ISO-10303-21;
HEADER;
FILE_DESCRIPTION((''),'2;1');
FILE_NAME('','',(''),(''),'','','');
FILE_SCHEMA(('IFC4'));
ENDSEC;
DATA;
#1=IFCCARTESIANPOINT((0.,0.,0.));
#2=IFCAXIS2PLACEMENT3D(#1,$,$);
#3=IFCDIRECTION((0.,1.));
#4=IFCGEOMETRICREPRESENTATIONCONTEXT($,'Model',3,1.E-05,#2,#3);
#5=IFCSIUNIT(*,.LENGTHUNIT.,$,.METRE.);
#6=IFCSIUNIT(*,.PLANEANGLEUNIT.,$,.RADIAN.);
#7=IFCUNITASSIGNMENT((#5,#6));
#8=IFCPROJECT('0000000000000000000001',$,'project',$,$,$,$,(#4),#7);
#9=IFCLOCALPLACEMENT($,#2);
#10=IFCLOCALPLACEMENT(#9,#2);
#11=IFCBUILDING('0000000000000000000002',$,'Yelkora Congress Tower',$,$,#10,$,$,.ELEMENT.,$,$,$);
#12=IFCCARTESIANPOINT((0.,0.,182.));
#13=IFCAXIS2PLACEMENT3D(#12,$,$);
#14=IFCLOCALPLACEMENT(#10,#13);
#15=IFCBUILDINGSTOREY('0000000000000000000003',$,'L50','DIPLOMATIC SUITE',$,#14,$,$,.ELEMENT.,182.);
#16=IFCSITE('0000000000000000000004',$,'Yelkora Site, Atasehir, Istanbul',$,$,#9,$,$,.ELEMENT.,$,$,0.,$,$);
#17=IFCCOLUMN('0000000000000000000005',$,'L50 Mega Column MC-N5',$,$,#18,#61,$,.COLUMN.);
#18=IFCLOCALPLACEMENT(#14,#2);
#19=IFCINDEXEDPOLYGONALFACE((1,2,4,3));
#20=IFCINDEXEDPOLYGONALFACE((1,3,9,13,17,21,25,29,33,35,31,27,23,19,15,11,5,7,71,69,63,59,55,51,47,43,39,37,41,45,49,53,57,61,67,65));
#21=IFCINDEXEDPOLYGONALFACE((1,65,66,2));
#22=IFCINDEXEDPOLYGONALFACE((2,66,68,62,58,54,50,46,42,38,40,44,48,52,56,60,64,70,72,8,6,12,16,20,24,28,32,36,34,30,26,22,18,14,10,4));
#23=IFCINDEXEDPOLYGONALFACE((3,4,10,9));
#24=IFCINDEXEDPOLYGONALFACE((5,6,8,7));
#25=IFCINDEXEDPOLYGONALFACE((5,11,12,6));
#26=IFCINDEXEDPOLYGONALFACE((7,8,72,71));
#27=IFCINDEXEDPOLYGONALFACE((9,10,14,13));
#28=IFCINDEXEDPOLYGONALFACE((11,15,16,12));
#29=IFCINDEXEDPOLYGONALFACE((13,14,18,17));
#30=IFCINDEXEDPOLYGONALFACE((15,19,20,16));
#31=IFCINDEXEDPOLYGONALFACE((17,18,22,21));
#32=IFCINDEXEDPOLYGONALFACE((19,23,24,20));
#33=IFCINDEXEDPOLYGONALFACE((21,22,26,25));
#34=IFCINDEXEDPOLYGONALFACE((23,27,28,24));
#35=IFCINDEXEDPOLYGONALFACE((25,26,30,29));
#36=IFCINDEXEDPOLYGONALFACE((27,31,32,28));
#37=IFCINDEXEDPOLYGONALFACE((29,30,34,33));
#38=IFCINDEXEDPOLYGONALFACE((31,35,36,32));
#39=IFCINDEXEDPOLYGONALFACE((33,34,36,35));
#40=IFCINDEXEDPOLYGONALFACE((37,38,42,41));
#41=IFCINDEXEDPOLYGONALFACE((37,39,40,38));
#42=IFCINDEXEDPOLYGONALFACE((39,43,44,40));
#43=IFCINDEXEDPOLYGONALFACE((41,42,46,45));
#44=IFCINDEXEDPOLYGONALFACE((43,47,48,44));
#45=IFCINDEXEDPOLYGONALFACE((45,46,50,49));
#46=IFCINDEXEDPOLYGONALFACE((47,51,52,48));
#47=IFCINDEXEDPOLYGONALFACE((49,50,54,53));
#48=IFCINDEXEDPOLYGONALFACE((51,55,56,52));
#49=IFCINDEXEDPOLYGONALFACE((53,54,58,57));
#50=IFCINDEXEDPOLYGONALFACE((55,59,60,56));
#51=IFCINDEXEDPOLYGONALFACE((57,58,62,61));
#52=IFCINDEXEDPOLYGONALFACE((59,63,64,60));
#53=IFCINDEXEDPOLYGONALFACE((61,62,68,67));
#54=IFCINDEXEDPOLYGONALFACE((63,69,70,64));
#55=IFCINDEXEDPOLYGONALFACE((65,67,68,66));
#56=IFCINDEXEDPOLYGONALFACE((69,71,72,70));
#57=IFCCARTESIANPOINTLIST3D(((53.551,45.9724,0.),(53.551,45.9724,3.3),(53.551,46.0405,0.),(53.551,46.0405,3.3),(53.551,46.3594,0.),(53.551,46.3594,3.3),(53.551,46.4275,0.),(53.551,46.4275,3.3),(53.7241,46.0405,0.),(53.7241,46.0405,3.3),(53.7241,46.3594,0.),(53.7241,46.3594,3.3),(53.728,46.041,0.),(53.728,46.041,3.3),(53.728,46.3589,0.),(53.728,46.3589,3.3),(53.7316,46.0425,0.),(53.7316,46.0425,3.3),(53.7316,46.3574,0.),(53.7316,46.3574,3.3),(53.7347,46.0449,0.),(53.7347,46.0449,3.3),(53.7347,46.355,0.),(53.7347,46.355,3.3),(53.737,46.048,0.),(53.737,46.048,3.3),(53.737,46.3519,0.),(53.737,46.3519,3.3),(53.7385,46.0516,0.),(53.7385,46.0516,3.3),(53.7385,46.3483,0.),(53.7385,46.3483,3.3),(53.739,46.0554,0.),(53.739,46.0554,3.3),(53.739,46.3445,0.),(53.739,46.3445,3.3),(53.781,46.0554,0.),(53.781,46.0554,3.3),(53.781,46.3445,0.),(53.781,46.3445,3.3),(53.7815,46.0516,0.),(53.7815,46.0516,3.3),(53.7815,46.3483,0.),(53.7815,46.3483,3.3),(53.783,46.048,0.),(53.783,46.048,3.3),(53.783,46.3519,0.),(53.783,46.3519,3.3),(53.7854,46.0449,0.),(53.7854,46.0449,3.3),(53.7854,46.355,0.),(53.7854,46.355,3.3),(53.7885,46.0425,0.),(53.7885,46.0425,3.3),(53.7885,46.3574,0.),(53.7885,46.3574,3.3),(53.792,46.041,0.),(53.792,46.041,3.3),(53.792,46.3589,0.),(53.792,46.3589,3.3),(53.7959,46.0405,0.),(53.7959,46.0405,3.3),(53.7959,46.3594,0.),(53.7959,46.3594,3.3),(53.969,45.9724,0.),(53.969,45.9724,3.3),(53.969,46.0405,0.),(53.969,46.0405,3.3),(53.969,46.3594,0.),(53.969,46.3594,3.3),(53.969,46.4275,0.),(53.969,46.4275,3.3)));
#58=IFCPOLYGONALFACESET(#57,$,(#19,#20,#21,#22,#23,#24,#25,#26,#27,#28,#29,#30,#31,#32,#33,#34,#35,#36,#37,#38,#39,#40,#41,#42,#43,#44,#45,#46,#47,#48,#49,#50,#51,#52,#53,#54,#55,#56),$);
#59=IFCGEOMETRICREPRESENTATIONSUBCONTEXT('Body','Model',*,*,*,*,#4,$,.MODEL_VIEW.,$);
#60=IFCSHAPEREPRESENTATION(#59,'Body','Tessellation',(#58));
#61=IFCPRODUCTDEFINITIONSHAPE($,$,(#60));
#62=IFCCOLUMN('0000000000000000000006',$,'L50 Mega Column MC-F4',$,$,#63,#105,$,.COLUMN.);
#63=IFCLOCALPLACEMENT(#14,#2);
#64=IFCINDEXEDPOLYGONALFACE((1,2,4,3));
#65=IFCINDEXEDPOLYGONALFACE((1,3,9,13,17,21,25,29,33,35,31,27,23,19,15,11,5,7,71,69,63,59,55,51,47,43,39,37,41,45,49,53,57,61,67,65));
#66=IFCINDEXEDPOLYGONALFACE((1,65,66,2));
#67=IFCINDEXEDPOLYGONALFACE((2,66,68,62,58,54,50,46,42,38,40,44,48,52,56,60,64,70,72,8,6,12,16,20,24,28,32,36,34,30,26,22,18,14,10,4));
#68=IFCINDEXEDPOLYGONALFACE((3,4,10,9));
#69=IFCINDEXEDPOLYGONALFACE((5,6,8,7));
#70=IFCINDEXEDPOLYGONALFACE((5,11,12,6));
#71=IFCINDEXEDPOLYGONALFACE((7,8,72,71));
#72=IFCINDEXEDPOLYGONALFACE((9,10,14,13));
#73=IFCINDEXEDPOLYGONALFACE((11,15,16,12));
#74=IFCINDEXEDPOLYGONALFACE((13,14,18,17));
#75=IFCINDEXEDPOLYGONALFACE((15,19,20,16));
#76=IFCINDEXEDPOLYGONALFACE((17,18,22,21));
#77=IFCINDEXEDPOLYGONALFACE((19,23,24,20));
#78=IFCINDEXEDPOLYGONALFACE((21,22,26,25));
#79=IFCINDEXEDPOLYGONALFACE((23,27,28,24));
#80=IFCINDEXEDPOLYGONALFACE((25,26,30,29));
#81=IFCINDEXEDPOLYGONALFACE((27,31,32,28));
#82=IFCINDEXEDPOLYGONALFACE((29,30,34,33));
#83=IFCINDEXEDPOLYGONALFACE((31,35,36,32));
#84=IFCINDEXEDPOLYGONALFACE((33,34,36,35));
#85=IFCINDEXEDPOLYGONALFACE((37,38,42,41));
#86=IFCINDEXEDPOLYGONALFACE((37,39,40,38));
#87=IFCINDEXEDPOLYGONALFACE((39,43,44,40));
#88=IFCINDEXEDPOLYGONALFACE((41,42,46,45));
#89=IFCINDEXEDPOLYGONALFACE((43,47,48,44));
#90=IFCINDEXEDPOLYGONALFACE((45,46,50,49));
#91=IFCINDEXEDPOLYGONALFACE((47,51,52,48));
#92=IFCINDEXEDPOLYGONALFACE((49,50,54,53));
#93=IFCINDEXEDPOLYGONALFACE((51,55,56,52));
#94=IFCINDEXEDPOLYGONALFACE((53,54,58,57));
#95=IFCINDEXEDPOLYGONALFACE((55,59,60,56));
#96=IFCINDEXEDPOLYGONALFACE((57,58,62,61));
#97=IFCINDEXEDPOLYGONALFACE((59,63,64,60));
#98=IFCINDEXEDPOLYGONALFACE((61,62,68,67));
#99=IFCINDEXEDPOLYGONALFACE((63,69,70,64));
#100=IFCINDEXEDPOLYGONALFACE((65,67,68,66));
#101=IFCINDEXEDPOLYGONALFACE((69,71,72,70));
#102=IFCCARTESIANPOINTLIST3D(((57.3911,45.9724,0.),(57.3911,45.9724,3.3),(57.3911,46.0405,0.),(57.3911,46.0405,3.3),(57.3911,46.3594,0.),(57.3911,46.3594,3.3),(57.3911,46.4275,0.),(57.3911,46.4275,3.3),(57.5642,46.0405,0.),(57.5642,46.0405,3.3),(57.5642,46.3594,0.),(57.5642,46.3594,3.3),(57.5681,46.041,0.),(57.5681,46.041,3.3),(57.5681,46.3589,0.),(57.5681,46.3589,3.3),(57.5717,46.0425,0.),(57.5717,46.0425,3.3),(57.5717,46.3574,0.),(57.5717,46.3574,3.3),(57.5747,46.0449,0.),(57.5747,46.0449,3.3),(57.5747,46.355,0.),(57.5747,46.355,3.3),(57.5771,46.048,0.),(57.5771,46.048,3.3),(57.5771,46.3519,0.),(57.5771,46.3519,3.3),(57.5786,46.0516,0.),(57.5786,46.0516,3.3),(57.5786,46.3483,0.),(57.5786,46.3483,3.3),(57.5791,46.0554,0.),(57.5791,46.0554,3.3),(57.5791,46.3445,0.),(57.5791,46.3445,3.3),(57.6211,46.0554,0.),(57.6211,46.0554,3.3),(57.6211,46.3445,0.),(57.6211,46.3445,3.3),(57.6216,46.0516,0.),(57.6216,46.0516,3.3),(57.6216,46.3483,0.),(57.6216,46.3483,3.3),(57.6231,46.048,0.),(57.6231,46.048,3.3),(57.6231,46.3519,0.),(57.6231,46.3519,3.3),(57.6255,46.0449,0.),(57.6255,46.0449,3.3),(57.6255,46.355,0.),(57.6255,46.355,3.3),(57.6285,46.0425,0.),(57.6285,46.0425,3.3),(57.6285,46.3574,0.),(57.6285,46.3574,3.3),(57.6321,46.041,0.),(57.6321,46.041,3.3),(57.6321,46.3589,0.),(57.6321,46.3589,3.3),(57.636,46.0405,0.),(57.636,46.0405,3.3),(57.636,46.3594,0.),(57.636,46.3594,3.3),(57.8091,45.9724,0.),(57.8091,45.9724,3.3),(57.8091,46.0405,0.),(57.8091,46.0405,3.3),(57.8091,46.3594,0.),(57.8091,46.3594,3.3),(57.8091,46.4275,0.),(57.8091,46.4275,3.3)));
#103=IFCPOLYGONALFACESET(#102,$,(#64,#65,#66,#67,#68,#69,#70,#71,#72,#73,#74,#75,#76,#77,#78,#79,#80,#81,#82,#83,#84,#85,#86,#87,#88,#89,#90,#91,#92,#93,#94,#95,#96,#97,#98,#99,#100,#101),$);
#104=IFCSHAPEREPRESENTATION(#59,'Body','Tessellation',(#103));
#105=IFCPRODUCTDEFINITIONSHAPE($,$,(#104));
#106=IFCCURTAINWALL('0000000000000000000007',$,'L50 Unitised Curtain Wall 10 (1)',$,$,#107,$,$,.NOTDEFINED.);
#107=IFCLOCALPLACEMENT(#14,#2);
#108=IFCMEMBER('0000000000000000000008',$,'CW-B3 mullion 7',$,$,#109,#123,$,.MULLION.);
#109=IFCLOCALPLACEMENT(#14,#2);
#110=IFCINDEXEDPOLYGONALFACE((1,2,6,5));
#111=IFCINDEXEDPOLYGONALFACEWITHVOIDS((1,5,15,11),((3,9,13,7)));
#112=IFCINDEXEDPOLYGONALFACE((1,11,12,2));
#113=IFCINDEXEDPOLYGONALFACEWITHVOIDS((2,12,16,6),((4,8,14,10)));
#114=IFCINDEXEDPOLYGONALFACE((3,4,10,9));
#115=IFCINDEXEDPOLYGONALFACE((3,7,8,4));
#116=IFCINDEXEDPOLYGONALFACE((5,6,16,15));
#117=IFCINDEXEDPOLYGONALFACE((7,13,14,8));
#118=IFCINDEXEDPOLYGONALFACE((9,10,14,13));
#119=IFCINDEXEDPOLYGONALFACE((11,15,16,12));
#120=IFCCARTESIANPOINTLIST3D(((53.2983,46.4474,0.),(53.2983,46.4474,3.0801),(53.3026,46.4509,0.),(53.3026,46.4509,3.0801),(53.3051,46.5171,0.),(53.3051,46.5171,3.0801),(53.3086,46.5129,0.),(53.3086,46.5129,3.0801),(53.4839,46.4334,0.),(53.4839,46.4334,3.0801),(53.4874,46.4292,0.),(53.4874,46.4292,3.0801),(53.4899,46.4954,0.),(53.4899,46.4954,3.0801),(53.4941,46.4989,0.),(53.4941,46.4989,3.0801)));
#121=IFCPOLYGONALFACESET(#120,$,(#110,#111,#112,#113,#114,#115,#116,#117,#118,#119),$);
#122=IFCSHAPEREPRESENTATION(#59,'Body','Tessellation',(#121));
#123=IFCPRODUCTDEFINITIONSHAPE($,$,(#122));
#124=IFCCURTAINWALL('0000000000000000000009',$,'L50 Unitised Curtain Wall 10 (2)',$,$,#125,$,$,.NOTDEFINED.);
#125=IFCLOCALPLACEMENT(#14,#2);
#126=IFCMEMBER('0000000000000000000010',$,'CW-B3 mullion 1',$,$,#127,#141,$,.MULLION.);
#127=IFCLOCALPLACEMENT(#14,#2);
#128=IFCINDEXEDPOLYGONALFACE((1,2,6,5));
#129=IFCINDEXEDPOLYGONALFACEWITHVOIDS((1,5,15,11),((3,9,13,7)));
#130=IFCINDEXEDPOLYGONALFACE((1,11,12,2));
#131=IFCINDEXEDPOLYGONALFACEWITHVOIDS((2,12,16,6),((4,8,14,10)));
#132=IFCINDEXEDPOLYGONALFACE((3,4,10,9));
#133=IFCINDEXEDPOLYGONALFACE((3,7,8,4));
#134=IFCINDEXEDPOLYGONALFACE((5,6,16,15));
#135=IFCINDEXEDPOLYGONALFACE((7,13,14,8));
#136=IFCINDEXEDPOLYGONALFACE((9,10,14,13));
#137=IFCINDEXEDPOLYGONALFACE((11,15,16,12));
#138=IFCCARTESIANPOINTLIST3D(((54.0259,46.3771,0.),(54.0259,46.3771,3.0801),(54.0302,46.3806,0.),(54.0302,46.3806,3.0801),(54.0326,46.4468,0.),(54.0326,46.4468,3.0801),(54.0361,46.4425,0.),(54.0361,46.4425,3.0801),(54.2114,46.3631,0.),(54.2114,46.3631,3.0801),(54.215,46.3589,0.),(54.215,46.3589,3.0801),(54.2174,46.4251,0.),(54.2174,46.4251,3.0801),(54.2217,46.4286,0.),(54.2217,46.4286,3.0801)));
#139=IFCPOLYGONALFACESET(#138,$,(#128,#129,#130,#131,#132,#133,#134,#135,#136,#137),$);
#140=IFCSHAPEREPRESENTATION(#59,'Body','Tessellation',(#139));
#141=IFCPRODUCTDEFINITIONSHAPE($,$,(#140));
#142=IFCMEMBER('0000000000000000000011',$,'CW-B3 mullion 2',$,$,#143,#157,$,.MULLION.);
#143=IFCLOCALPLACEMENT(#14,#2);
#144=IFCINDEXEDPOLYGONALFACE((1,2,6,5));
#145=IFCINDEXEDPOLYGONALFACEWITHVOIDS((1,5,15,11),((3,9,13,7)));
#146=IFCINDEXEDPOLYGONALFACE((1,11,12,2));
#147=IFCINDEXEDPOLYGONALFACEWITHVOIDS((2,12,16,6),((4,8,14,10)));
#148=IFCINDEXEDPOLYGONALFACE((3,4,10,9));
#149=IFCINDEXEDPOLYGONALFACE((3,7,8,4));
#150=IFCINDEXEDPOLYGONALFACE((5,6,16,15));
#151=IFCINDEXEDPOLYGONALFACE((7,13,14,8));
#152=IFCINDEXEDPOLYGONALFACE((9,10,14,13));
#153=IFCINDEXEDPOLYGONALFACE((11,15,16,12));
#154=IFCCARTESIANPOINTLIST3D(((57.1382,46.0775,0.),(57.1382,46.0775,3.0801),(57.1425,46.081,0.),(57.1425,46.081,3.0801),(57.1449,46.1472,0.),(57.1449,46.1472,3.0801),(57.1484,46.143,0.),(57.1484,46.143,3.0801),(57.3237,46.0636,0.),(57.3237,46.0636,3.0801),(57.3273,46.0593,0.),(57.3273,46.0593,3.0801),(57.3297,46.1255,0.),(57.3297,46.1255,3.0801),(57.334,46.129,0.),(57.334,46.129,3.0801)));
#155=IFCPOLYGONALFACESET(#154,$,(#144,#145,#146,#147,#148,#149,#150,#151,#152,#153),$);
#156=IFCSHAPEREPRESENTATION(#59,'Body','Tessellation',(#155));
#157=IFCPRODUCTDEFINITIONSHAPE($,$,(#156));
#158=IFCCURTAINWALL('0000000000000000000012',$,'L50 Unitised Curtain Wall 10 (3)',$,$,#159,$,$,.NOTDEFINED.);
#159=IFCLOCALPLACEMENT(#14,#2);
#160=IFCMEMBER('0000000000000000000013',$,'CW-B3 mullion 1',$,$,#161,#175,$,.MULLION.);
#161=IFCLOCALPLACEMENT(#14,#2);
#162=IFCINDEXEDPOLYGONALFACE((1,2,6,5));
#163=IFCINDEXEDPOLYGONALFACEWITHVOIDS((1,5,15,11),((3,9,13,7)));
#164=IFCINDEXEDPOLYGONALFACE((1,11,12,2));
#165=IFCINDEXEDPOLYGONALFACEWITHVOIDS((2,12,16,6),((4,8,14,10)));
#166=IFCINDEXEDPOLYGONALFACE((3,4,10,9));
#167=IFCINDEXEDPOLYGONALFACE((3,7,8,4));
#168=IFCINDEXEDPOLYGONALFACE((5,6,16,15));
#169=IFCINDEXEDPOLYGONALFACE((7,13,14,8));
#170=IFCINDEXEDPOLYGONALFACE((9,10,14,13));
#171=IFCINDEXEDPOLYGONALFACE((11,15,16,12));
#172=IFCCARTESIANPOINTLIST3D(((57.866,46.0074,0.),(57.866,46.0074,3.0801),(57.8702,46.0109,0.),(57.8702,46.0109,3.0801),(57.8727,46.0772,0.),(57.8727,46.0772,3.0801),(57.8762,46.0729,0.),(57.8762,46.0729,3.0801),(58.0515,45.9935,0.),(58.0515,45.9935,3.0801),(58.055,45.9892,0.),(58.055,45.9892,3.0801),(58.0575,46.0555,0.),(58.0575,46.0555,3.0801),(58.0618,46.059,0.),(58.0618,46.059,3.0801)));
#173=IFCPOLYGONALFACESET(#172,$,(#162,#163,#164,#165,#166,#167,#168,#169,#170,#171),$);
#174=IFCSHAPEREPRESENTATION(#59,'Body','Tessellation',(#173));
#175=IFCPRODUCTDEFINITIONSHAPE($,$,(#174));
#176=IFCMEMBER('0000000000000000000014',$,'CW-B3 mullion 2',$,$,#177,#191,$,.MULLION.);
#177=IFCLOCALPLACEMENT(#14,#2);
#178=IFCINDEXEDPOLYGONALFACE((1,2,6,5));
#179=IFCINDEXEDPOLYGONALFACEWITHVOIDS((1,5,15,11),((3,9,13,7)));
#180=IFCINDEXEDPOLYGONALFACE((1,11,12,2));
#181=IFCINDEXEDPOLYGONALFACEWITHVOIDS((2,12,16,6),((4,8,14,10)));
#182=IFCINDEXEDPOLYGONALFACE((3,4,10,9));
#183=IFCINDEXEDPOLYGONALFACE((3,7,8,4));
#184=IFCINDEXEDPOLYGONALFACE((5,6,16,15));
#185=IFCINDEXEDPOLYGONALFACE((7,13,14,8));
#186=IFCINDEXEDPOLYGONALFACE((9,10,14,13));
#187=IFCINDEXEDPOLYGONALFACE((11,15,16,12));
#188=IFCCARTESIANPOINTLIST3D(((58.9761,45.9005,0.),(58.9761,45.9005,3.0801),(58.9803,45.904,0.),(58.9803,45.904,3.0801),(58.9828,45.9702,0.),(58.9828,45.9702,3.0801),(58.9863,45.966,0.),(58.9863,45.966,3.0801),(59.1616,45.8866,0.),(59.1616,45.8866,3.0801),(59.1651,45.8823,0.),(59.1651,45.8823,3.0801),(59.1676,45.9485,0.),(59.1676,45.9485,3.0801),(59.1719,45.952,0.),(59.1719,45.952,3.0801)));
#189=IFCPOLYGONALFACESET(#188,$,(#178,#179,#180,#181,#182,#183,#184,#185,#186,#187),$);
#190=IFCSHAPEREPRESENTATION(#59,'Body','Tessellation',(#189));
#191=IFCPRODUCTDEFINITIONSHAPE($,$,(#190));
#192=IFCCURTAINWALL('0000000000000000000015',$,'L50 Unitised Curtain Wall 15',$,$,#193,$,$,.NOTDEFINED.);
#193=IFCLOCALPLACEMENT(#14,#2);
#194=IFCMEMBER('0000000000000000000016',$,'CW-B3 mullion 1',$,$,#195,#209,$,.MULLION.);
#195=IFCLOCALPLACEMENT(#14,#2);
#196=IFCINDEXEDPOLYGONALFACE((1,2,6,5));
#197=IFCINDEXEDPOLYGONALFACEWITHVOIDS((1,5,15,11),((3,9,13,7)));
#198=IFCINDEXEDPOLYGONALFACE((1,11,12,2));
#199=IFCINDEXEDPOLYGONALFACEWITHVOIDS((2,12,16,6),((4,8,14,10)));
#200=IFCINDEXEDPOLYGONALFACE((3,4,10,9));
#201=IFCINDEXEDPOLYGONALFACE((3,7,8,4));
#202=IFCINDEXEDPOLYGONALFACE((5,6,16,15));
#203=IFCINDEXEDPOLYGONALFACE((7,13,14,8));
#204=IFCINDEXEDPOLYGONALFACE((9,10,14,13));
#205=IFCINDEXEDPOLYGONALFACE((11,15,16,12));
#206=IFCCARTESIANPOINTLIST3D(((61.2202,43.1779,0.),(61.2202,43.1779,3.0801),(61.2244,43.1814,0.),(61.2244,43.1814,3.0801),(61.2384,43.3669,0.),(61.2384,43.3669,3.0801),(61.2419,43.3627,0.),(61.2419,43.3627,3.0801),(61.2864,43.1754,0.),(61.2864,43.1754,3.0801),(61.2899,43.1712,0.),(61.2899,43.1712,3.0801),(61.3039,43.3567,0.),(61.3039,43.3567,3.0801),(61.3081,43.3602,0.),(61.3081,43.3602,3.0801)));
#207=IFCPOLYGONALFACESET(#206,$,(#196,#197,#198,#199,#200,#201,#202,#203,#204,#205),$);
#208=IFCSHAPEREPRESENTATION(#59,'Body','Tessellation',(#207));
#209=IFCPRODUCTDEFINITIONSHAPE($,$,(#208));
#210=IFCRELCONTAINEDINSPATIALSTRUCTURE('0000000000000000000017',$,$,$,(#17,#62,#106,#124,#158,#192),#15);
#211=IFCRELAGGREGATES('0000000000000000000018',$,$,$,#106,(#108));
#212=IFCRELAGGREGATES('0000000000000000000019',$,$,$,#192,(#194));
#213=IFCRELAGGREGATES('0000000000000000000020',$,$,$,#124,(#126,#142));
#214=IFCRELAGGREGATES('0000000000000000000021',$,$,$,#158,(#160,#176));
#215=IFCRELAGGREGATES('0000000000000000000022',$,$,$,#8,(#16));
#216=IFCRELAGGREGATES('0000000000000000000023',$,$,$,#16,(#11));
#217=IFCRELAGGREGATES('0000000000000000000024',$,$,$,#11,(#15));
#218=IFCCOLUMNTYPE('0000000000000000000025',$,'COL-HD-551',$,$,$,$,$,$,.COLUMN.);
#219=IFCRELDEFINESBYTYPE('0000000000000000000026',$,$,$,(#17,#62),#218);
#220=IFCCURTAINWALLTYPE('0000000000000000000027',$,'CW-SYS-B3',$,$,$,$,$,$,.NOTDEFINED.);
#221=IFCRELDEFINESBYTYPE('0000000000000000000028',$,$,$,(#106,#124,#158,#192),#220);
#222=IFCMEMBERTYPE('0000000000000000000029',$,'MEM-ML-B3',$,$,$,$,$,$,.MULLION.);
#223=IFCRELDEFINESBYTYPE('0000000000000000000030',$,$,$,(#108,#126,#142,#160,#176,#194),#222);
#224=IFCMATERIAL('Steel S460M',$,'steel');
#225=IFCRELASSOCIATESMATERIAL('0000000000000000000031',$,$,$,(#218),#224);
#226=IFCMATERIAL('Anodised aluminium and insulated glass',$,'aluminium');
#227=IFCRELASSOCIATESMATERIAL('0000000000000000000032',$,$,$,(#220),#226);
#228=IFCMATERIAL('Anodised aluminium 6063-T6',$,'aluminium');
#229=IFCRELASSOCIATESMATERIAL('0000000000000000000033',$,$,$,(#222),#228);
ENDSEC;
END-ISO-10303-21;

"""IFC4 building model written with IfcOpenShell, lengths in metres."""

from ifc_helpers import new_model, si_unit, direction, frame, origin, origin_2d, place, context, subcontext, project, spatial, hollow_rectangle, i_section, extrude, material, material_profile, profile_set, type_object, element, aggregate, save


model = new_model("IFC4")

# Units and contexts
model_context = context("Model", 3, precision=1e-05, world=origin(), true_north=direction((0.0, 1.0)))
body_context = subcontext(model_context, "Body", "Model", "MODEL_VIEW")
ifc_project = project(units=[si_unit("LENGTHUNIT", "METRE"), si_unit("PLANEANGLEUNIT", "RADIAN")], contexts=[model_context])

# Site, building, storey
site_placement = place(None, origin())
site = spatial("IfcSite", under=ifc_project, at=site_placement, Name="Yelkora Site, Atasehir, Istanbul", CompositionType="ELEMENT", RefElevation=0.0)
building_placement = place(site_placement, origin())
building = spatial("IfcBuilding", under=site, at=building_placement, Name="Yelkora Congress Tower", CompositionType="ELEMENT")
storey_placement = place(building_placement, frame((0.0, 0.0, 182.0)))
storey = spatial("IfcBuildingStorey", under=building, at=storey_placement, Name="L50", Description="DIPLOMATIC SUITE", CompositionType="ELEMENT", Elevation=182.0)

# Columns
ifc_material_1 = material(Name="Steel S460M", Category="steel")
ifc_material_profile_1 = material_profile(ifc_material_1, i_section(OverallWidth=0.418, OverallDepth=0.4551, WebThickness=0.042, FlangeThickness=0.0681, FilletRadius=0.0149, at=origin_2d()), Name="HD 400x551")
ifc_profile_set_1 = profile_set([ifc_material_profile_1], Name="Steel S460M")
column_type = type_object("IfcColumnType", Name="COL-HD-551", PredefinedType="COLUMN", material=ifc_profile_set_1)
for number, where, z_axis, x_axis, name in (
    (1, (53.76, 46.2, 0.0), (0.0, 0.0, 1.0), (1.0, 0.0, 0.0), "L50 Mega Column MC-N5"),
    (2, (57.6001, 46.2, 0.0), (0.0, 0.0, 1.0), (1.0, 0.0, 0.0), "L50 Mega Column MC-F4"),
):
    element("IfcColumn", number, at=place(storey_placement, frame(where, z_axis=z_axis, x_axis=x_axis)), inside=storey, type_object=column_type, Name=name, PredefinedType="COLUMN", context=body_context, shape_type="SweptSolid", body=[
        extrude(i_section(OverallWidth=0.418, OverallDepth=0.4551, WebThickness=0.042, FlangeThickness=0.0681, FilletRadius=0.0149, at=origin_2d()), origin(), (0.0, 0.0, 1.0), 3.3),
    ])

# Curtain wall, member
ifc_material_2 = material(Name="Anodised aluminium and insulated glass", Category="aluminium")
curtain_wall_type = type_object("IfcCurtainWallType", Name="CW-SYS-B3", PredefinedType="NOTDEFINED", material=ifc_material_2)
curtain_wall_1_placement = place(storey_placement, origin())
curtain_wall_1 = element("IfcCurtainWall", 3, at=curtain_wall_1_placement, inside=storey, type_object=curtain_wall_type, Name="L50 Unitised Curtain Wall 10 (1)", PredefinedType="NOTDEFINED")
ifc_material_3 = material(Name="Anodised aluminium 6063-T6", Category="aluminium")
ifc_material_profile_2 = material_profile(ifc_material_3, hollow_rectangle(XDim=0.0701, YDim=0.1899, WallThickness=0.0039, at=origin_2d()), Name="ALU 70x190x4")
ifc_profile_set_2 = profile_set([ifc_material_profile_2], Name="Anodised aluminium 6063-T6")
member_type_1 = type_object("IfcMemberType", Name="MEM-ML-B3", PredefinedType="MULLION", material=ifc_profile_set_2)
member_1_placement = place(storey_placement, frame((53.3962, 46.4731, 0.0), z_axis=(0.0, 0.0, 1.0), x_axis=(0.095845, 0.995396, 0.0)))
member_1 = element("IfcMember", 4, at=member_1_placement, type_object=member_type_1, Name="CW-B3 mullion 7", PredefinedType="MULLION", context=body_context, shape_type="SweptSolid", body=[
    extrude(hollow_rectangle(XDim=0.0701, YDim=0.1899, WallThickness=0.0039, at=origin_2d()), origin(), (0.0, 0.0, 1.0), 3.0801),
])
aggregate(curtain_wall_1, [member_1])

# Curtain walls, members
curtain_wall_2_placement = place(storey_placement, origin())
curtain_wall_2 = element("IfcCurtainWall", 5, at=curtain_wall_2_placement, inside=storey, type_object=curtain_wall_type, Name="L50 Unitised Curtain Wall 10 (2)", PredefinedType="NOTDEFINED")
member_2_placement = place(storey_placement, frame((54.1238, 46.4028, 0.0), z_axis=(0.0, 0.0, 1.0), x_axis=(0.095848, 0.995396, 0.0)))
member_2 = element("IfcMember", 6, at=member_2_placement, type_object=member_type_1, Name="CW-B3 mullion 1", PredefinedType="MULLION", context=body_context, shape_type="SweptSolid", body=[
    extrude(hollow_rectangle(XDim=0.0701, YDim=0.1899, WallThickness=0.0039, at=origin_2d()), origin(), (0.0, 0.0, 1.0), 3.0801),
])
member_3_placement = place(storey_placement, frame((57.2361, 46.1033, 0.0), z_axis=(0.0, 0.0, 1.0), x_axis=(0.095848, 0.995396, 0.0)))
member_3 = element("IfcMember", 7, at=member_3_placement, type_object=member_type_1, Name="CW-B3 mullion 2", PredefinedType="MULLION", context=body_context, shape_type="SweptSolid", body=[
    extrude(hollow_rectangle(XDim=0.0701, YDim=0.1899, WallThickness=0.0039, at=origin_2d()), origin(), (0.0, 0.0, 1.0), 3.0801),
])
curtain_wall_3_placement = place(storey_placement, origin())
curtain_wall_3 = element("IfcCurtainWall", 8, at=curtain_wall_3_placement, inside=storey, type_object=curtain_wall_type, Name="L50 Unitised Curtain Wall 10 (3)", PredefinedType="NOTDEFINED")
member_4_placement = place(storey_placement, frame((57.9639, 46.0332, 0.0), z_axis=(0.0, 0.0, 1.0), x_axis=(0.095852, 0.995396, 0.0)))
member_4 = element("IfcMember", 9, at=member_4_placement, type_object=member_type_1, Name="CW-B3 mullion 1", PredefinedType="MULLION", context=body_context, shape_type="SweptSolid", body=[
    extrude(hollow_rectangle(XDim=0.0701, YDim=0.1899, WallThickness=0.0039, at=origin_2d()), origin(), (0.0, 0.0, 1.0), 3.0801),
])
member_5_placement = place(storey_placement, frame((59.074, 45.9263, 0.0), z_axis=(0.0, 0.0, 1.0), x_axis=(0.095852, 0.995396, 0.0)))
member_5 = element("IfcMember", 10, at=member_5_placement, type_object=member_type_1, Name="CW-B3 mullion 2", PredefinedType="MULLION", context=body_context, shape_type="SweptSolid", body=[
    extrude(hollow_rectangle(XDim=0.0701, YDim=0.1899, WallThickness=0.0039, at=origin_2d()), origin(), (0.0, 0.0, 1.0), 3.0801),
])

# Curtain wall, member
curtain_wall_4_placement = place(storey_placement, origin())
curtain_wall_4 = element("IfcCurtainWall", 11, at=curtain_wall_4_placement, inside=storey, type_object=curtain_wall_type, Name="L50 Unitised Curtain Wall 15", PredefinedType="NOTDEFINED")
member_6_placement = place(storey_placement, frame((61.2642, 43.269, 0.0), z_axis=(0.0, 0.0, 1.0), x_axis=(0.995397, -0.095842, 0.0)))
member_6 = element("IfcMember", 12, at=member_6_placement, type_object=member_type_1, Name="CW-B3 mullion 1", PredefinedType="MULLION", context=body_context, shape_type="SweptSolid", body=[
    extrude(hollow_rectangle(XDim=0.0701, YDim=0.1899, WallThickness=0.0039, at=origin_2d()), origin(), (0.0, 0.0, 1.0), 3.0801),
])

aggregate(curtain_wall_4, [member_6])

aggregate(curtain_wall_2, [member_2, member_3])
aggregate(curtain_wall_3, [member_4, member_5])

save(model, "model.ifc")
